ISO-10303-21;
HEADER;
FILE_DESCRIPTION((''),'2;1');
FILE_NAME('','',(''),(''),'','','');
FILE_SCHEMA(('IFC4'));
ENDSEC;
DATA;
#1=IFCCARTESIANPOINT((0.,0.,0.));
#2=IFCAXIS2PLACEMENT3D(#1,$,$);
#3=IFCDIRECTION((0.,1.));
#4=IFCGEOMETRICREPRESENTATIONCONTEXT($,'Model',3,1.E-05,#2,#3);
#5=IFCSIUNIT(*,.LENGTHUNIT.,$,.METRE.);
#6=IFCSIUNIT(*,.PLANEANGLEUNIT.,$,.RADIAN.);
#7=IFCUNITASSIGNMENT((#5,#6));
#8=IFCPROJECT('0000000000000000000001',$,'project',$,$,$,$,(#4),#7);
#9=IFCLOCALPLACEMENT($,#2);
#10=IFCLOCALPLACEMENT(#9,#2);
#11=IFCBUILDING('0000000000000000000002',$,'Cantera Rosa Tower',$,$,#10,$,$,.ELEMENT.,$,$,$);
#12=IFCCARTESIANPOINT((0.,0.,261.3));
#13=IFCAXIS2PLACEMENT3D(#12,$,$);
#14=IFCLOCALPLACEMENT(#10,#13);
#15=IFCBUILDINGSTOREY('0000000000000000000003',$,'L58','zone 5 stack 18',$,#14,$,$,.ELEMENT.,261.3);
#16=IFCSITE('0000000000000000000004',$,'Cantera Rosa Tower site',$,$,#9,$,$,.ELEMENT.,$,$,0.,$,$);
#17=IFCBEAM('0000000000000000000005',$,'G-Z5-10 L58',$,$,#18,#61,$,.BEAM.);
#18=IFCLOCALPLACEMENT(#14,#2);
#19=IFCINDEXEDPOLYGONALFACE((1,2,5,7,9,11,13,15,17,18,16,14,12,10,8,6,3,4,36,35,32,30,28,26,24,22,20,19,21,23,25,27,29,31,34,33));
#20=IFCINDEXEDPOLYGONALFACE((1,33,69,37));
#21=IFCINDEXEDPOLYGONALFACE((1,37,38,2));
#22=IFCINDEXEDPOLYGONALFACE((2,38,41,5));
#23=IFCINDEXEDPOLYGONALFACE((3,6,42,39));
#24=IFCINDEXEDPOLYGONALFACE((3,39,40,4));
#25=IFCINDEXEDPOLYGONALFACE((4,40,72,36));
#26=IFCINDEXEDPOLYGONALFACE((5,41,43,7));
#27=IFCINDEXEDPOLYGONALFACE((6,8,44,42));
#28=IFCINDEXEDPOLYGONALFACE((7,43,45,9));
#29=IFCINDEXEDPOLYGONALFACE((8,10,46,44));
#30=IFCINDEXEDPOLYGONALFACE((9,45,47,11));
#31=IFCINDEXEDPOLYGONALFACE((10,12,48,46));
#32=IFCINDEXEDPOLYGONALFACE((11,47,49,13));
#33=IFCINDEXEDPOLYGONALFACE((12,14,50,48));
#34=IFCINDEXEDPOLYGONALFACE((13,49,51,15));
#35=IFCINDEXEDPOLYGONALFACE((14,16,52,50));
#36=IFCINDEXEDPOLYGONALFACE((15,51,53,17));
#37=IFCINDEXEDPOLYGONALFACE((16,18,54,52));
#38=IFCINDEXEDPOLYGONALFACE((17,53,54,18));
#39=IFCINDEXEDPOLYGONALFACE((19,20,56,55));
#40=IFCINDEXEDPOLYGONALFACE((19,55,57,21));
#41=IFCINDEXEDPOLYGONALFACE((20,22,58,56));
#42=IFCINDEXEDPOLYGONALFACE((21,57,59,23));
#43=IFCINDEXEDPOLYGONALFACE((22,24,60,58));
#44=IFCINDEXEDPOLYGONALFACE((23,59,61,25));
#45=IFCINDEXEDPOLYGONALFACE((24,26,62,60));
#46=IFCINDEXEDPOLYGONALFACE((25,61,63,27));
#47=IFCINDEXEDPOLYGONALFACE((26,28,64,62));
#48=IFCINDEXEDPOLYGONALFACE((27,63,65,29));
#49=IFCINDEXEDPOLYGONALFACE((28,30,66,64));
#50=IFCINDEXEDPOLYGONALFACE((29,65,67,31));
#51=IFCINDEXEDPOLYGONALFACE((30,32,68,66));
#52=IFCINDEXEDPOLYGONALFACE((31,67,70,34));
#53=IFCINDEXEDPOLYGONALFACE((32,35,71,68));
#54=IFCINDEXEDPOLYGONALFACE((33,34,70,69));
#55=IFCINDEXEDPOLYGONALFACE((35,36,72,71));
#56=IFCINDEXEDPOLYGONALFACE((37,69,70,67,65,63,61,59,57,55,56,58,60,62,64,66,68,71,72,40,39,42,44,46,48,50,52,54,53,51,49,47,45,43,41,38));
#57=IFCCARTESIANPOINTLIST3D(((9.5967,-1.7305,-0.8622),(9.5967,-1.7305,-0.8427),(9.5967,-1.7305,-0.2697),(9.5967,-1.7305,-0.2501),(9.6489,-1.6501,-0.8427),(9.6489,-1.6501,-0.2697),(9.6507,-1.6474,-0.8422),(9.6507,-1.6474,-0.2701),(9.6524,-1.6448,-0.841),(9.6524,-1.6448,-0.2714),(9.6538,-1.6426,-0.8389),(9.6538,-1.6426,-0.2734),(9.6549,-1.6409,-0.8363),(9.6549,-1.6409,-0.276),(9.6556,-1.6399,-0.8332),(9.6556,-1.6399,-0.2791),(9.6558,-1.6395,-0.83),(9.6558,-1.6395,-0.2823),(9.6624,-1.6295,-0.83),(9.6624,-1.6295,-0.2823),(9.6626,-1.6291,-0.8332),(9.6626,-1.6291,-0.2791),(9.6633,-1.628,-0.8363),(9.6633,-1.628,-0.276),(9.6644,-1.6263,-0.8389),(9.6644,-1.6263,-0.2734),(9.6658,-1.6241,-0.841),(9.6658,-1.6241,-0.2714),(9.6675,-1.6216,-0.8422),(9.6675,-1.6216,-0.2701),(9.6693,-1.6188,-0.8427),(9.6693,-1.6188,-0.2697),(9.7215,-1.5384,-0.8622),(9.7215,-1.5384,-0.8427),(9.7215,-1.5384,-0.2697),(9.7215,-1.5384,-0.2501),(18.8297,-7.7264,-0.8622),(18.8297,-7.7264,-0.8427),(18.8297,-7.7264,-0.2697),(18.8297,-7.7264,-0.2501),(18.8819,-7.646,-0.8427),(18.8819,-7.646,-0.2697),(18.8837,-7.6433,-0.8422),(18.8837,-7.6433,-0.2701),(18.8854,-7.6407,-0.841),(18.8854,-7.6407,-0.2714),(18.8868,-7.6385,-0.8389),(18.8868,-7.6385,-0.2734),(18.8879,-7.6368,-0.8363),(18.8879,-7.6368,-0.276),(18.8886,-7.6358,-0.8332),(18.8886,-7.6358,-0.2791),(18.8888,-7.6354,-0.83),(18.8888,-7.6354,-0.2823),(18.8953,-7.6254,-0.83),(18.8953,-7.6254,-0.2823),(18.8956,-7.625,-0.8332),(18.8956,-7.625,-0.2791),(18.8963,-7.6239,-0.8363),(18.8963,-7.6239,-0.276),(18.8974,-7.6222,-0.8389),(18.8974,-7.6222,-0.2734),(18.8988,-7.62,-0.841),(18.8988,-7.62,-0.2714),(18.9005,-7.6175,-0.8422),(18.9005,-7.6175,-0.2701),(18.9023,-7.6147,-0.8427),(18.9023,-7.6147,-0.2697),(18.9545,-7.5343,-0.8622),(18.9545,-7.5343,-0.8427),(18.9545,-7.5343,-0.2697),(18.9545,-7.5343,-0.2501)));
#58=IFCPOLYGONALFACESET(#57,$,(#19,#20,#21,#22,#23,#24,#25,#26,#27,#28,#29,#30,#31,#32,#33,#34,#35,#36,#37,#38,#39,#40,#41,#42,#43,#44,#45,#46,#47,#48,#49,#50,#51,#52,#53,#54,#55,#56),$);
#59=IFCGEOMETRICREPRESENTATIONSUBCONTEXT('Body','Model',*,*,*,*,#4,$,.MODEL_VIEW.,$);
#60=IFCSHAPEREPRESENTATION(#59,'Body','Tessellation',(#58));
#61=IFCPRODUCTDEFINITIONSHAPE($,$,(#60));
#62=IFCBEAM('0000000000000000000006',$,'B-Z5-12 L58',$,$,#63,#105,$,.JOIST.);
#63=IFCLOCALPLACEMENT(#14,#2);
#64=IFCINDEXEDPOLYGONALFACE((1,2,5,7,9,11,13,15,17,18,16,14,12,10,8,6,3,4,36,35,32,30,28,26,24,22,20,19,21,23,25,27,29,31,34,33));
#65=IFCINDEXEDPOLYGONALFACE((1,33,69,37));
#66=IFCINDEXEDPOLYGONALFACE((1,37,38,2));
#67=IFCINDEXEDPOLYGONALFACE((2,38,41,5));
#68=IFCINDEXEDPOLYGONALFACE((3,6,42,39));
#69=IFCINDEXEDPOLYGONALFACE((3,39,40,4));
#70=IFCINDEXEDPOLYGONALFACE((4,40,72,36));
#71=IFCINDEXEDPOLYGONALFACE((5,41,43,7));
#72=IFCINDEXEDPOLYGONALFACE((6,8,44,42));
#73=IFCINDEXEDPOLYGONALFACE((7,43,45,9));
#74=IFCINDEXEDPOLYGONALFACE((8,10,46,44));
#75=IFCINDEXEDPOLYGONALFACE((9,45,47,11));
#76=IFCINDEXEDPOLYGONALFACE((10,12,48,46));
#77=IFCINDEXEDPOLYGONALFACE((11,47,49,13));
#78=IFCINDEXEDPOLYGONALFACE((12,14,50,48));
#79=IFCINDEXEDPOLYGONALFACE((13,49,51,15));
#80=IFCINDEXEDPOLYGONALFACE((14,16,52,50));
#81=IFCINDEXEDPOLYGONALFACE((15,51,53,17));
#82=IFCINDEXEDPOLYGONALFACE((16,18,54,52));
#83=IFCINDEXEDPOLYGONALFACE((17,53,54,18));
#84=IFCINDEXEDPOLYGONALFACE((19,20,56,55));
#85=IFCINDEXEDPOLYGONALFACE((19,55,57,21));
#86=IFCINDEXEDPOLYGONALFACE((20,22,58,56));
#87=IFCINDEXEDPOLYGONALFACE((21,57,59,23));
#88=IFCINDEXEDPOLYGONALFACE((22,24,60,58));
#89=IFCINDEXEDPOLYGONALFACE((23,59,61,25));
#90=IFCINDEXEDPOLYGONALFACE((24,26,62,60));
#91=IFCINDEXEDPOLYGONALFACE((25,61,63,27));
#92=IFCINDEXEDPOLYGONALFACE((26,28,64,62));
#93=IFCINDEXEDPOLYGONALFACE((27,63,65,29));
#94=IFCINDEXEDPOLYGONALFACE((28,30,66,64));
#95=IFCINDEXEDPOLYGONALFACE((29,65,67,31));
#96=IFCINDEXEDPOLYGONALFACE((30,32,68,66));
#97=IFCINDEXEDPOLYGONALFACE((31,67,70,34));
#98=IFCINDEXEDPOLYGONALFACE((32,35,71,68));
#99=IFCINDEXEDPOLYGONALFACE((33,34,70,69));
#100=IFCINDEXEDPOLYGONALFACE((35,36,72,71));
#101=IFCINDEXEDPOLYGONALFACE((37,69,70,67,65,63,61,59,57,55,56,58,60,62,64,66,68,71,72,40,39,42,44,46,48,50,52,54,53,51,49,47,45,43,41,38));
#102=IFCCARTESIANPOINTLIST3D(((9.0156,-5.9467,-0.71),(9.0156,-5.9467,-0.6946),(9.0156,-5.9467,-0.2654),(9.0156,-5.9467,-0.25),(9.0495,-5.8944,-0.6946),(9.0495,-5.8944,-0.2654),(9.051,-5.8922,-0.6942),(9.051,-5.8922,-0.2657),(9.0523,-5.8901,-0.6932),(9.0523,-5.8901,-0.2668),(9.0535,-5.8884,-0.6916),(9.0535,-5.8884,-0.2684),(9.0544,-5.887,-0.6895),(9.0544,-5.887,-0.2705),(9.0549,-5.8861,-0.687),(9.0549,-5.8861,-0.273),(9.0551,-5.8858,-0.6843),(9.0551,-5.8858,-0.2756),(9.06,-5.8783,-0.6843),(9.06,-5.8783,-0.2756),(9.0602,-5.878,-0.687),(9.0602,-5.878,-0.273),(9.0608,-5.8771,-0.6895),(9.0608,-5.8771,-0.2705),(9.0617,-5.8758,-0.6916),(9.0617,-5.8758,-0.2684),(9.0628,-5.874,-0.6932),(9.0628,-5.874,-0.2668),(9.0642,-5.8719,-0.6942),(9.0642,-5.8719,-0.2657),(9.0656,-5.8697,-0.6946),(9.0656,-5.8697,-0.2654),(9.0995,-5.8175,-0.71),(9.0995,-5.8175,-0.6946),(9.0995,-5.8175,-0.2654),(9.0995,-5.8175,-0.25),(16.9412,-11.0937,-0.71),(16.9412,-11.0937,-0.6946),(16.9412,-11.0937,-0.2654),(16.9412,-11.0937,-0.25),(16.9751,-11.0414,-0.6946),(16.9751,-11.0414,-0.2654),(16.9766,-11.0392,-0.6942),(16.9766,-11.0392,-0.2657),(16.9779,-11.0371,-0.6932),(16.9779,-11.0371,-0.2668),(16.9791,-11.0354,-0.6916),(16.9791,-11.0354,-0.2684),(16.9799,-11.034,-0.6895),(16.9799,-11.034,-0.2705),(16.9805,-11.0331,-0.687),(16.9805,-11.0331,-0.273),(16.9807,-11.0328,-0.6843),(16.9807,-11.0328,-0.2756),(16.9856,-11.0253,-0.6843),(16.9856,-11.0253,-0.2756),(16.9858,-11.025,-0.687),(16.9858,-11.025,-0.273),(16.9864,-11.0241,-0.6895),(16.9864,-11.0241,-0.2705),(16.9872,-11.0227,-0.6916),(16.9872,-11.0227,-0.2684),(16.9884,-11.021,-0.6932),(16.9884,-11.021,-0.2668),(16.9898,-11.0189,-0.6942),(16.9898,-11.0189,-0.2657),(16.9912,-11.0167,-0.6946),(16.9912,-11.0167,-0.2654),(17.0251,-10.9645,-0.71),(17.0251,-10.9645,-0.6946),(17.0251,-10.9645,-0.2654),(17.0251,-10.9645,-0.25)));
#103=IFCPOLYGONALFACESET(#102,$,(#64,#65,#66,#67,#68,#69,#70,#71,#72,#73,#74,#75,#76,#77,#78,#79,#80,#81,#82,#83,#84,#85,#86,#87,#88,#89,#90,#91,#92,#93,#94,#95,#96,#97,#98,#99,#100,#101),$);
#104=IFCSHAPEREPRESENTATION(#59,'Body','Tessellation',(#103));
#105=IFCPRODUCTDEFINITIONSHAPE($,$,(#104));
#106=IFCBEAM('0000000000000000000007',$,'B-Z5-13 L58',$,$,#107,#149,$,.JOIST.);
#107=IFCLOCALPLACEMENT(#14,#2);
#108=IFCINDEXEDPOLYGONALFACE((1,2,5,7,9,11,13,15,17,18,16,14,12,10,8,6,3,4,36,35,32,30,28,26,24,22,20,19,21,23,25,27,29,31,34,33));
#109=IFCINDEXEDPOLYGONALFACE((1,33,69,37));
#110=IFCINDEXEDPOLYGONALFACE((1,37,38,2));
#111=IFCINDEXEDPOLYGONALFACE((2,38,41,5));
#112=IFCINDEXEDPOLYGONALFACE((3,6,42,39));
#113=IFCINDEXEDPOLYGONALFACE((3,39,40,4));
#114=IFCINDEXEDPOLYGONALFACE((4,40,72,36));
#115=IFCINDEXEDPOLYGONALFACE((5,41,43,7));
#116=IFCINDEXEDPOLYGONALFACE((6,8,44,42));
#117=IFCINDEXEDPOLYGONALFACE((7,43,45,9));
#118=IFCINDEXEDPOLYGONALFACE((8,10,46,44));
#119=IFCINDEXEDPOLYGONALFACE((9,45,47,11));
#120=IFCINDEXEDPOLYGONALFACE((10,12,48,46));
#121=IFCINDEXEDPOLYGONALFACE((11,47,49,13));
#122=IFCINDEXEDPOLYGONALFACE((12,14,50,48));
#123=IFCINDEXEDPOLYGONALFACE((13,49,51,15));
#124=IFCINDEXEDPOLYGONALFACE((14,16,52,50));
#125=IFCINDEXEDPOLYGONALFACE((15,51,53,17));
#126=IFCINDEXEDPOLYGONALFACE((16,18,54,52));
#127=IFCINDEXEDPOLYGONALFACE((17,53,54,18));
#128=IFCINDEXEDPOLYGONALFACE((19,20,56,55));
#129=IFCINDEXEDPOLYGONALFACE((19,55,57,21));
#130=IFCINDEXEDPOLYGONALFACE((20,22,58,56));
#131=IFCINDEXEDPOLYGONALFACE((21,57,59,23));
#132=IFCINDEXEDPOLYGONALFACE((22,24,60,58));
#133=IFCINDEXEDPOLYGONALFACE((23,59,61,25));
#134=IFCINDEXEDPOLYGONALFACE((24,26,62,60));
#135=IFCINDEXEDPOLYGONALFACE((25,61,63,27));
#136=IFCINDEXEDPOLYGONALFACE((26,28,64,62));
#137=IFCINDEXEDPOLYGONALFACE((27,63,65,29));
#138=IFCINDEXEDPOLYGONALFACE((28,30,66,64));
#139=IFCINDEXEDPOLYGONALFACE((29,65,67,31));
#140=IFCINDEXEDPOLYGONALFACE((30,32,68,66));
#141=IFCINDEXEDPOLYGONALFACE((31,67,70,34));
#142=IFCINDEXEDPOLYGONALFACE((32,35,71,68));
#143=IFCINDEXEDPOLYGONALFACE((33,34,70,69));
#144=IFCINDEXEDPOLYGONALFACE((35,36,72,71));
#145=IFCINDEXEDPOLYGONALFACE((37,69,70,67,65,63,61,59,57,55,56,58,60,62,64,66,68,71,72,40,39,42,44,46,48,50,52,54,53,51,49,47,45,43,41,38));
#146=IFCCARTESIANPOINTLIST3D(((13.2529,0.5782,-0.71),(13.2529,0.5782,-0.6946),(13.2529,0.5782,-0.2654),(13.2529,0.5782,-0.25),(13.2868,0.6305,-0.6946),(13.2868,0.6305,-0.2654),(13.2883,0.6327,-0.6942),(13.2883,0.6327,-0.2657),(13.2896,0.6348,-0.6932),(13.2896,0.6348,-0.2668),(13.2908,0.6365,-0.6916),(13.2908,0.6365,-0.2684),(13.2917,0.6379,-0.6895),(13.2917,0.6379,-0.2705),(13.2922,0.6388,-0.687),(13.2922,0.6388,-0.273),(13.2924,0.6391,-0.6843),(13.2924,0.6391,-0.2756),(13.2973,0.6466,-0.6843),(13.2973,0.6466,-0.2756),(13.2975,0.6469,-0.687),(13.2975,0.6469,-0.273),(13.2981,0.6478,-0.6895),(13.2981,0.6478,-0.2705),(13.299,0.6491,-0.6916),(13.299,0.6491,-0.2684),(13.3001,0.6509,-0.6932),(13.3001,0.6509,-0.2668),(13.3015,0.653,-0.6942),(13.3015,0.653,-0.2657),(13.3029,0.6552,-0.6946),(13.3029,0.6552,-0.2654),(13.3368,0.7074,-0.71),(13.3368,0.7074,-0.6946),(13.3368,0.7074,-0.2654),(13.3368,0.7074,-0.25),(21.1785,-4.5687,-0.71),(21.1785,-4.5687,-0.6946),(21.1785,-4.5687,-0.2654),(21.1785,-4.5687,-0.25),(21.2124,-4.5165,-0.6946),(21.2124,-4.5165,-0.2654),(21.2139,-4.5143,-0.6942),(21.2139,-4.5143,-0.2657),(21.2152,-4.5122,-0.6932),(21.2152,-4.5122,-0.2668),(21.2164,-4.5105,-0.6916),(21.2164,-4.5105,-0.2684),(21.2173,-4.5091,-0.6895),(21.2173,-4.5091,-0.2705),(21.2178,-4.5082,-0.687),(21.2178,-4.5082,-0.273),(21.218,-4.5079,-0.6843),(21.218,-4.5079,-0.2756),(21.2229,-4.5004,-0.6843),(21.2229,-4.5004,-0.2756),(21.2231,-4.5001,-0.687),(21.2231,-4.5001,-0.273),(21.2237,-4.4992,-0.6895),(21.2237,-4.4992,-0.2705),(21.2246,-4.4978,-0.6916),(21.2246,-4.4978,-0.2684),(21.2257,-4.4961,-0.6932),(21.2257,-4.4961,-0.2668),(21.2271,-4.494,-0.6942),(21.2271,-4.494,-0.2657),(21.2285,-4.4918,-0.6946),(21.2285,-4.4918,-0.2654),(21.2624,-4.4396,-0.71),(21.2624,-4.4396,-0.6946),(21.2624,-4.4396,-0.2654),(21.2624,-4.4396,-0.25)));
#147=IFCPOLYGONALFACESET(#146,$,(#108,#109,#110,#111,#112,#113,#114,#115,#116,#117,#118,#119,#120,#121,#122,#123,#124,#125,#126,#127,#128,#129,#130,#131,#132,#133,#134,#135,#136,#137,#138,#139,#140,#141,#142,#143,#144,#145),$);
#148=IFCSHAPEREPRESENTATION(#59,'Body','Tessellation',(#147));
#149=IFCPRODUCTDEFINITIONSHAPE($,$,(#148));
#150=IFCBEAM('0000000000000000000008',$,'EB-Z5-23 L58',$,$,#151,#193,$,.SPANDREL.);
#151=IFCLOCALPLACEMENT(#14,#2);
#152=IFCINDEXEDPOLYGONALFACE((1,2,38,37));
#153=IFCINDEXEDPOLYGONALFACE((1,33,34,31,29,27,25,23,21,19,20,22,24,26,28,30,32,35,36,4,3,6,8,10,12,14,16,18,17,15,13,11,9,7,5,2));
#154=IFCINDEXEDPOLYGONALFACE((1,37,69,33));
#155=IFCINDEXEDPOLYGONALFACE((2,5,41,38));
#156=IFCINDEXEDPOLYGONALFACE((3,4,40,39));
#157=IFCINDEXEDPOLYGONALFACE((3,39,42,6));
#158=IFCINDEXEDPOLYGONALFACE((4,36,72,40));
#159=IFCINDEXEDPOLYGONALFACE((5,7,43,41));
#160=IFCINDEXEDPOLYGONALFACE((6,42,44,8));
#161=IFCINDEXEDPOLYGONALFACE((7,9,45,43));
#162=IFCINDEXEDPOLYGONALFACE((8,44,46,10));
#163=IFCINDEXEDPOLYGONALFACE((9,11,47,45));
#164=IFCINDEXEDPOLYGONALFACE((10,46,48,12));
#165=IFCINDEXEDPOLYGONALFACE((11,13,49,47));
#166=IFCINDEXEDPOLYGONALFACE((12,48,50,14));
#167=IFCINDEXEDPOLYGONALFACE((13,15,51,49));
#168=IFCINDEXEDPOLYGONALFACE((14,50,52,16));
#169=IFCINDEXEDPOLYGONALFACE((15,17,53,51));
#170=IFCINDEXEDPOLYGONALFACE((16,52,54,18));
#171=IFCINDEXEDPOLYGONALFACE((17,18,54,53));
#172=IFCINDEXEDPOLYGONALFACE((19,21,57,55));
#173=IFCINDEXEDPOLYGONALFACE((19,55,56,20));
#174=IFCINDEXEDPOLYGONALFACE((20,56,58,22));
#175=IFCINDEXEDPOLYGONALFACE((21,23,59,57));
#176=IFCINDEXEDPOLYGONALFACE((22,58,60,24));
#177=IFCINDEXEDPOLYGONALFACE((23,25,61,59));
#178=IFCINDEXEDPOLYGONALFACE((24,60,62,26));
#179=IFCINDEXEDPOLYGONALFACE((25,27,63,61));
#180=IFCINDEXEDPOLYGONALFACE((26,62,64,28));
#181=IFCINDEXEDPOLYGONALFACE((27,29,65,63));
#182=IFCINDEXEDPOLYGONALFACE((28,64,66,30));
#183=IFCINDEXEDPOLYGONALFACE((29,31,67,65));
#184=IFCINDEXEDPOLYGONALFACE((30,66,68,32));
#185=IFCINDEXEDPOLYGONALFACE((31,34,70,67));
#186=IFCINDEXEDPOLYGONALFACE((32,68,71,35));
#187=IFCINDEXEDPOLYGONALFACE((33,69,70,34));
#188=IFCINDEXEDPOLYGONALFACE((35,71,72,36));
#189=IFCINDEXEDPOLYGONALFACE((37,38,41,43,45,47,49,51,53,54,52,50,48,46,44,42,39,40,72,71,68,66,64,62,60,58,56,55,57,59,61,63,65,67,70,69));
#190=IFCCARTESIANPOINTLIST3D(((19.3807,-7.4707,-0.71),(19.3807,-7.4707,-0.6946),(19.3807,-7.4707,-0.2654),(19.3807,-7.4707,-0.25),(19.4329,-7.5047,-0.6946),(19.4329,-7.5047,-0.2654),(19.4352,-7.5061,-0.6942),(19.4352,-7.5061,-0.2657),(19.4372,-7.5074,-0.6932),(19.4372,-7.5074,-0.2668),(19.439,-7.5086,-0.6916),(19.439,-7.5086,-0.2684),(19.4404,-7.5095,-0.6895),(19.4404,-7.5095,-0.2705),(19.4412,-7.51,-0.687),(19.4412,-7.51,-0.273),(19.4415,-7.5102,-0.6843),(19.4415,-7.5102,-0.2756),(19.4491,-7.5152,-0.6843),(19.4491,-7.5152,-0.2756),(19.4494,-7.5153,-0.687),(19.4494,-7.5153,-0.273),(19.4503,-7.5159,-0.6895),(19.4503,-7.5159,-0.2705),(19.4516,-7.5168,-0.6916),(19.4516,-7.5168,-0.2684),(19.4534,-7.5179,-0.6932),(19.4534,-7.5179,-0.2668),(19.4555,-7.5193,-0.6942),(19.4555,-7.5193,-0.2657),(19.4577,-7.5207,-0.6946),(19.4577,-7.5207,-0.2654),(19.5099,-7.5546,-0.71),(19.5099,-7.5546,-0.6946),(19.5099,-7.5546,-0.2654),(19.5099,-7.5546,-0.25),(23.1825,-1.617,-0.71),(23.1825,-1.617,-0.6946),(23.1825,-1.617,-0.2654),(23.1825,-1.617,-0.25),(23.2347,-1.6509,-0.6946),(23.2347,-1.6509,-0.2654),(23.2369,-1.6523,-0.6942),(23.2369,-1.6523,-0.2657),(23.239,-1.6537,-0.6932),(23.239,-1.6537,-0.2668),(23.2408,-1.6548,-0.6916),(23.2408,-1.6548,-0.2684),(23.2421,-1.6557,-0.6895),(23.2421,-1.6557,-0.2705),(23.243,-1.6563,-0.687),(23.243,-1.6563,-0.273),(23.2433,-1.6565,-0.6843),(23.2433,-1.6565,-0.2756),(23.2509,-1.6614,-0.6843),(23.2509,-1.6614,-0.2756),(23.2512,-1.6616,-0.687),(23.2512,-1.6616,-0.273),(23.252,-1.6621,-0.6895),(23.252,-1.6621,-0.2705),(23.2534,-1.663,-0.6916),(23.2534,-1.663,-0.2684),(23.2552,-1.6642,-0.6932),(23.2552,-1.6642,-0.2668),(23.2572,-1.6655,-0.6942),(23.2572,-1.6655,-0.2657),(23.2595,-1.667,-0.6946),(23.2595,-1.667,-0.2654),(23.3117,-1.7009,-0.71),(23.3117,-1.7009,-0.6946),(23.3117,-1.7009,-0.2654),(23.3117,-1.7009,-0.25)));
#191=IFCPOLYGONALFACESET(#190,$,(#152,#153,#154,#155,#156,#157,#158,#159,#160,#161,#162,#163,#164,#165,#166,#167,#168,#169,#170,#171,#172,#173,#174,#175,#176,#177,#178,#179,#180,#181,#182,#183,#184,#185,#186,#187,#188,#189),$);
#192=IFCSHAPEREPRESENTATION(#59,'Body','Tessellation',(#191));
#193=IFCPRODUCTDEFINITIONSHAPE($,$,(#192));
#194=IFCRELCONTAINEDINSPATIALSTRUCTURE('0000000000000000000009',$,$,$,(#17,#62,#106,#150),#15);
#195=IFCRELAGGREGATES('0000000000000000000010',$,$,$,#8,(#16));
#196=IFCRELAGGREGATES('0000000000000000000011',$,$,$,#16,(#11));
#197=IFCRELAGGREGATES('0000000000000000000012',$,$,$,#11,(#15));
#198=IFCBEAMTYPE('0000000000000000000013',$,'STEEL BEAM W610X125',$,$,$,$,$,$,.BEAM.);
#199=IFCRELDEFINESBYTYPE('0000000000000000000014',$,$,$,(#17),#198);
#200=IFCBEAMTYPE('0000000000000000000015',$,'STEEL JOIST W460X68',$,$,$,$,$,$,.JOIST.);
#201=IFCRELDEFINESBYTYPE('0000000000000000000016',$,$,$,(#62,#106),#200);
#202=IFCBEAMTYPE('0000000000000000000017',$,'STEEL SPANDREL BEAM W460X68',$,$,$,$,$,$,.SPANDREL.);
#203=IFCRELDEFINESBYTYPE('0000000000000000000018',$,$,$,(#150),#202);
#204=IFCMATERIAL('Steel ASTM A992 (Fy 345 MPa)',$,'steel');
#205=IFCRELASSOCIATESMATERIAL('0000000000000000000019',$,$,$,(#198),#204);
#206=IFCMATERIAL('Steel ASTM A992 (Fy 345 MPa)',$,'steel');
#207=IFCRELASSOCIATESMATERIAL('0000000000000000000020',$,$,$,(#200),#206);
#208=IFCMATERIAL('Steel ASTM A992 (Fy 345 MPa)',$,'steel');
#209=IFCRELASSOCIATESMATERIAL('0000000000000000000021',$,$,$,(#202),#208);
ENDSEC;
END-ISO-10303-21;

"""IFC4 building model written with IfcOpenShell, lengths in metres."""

from ifc_helpers import new_model, si_unit, direction, frame, origin, origin_2d, place, context, subcontext, project, spatial, i_section, extrude, material, material_profile, profile_set, type_object, element, save


model = new_model("IFC4")

# Units and contexts
model_context = context("Model", 3, precision=1e-05, world=origin(), true_north=direction((0.0, 1.0)))
body_context = subcontext(model_context, "Body", "Model", "MODEL_VIEW")
ifc_project = project(units=[si_unit("LENGTHUNIT", "METRE"), si_unit("PLANEANGLEUNIT", "RADIAN")], contexts=[model_context])

# Site, building, storey
site_placement = place(None, origin())
site = spatial("IfcSite", under=ifc_project, at=site_placement, Name="Cantera Rosa Tower site", CompositionType="ELEMENT", RefElevation=0.0)
building_placement = place(site_placement, origin())
building = spatial("IfcBuilding", under=site, at=building_placement, Name="Cantera Rosa Tower", CompositionType="ELEMENT")
storey_placement = place(building_placement, frame((0.0, 0.0, 261.3)))
storey = spatial("IfcBuildingStorey", under=building, at=storey_placement, Name="L58", Description="zone 5 stack 18", CompositionType="ELEMENT", Elevation=261.3)

# Beams
ifc_material_1 = material(Name="Steel ASTM A992 (Fy 345 MPa)", Category="steel")
ifc_material_profile_1 = material_profile(ifc_material_1, i_section(OverallWidth=0.229, OverallDepth=0.6121, WebThickness=0.012, FlangeThickness=0.0195, FilletRadius=0.0127, at=origin_2d()), Name="W610X125")
ifc_profile_set_1 = profile_set([ifc_material_profile_1], Name="Steel ASTM A992 (Fy 345 MPa)")
beam_type_1 = type_object("IfcBeamType", Name="STEEL BEAM W610X125", PredefinedType="BEAM", material=ifc_profile_set_1)
beam_1_placement = place(storey_placement, frame((18.8921, -7.6304, -0.5562), z_axis=(-0.838674, 0.544634, 0.0), x_axis=(-0.544634, -0.838674, 0.0)))
element("IfcBeam", 1, at=beam_1_placement, inside=storey, type_object=beam_type_1, Name="G-Z5-10 L58", PredefinedType="BEAM", context=body_context, shape_type="SweptSolid", body=[
    extrude(i_section(OverallWidth=0.229, OverallDepth=0.6121, WebThickness=0.012, FlangeThickness=0.0195, FilletRadius=0.0127, at=origin_2d()), origin(), (0.0, 0.0, 1.0), 11.009),
])
ifc_material_2 = material(Name="Steel ASTM A992 (Fy 345 MPa)", Category="steel")
ifc_material_profile_2 = material_profile(ifc_material_2, i_section(OverallWidth=0.1541, OverallDepth=0.46, WebThickness=0.009, FlangeThickness=0.0154, FilletRadius=0.0103, at=origin_2d()), Name="W460X68")
ifc_profile_set_2 = profile_set([ifc_material_profile_2], Name="Steel ASTM A992 (Fy 345 MPa)")
beam_type_2 = type_object("IfcBeamType", Name="STEEL JOIST W460X68", PredefinedType="JOIST", material=ifc_profile_set_2)
for number, where, z_axis, x_axis, name in (
    (2, (16.9832, -11.0291, -0.48), (-0.838667, 0.544644, 0.0), (-0.544644, -0.838667, 0.0), "B-Z5-12 L58"),
    (3, (21.2205, -4.5042, -0.48), (-0.838667, 0.544644, 0.0), (-0.544644, -0.838667, 0.0), "B-Z5-13 L58"),
):
    element("IfcBeam", number, at=place(storey_placement, frame(where, z_axis=z_axis, x_axis=x_axis)), inside=storey, type_object=beam_type_2, Name=name, PredefinedType="JOIST", context=body_context, shape_type="SweptSolid", body=[
        extrude(i_section(OverallWidth=0.1541, OverallDepth=0.46, WebThickness=0.009, FlangeThickness=0.0154, FilletRadius=0.0103, at=origin_2d()), origin(), (0.0, 0.0, 1.0), 9.4502),
    ])
ifc_material_3 = material(Name="Steel ASTM A992 (Fy 345 MPa)", Category="steel")
ifc_material_profile_3 = material_profile(ifc_material_3, i_section(OverallWidth=0.1541, OverallDepth=0.46, WebThickness=0.009, FlangeThickness=0.0154, FilletRadius=0.0103, at=origin_2d()), Name="W460X68")
ifc_profile_set_3 = profile_set([ifc_material_profile_3], Name="Steel ASTM A992 (Fy 345 MPa)")
beam_type_3 = type_object("IfcBeamType", Name="STEEL SPANDREL BEAM W460X68", PredefinedType="SPANDREL", material=ifc_profile_set_3)
for number, where, z_axis, x_axis, name in (
    (4, (19.4453, -7.5127, -0.48), (0.544667, 0.838652, 0.0), (-0.838652, 0.544667, 0.0), "EB-Z5-23 L58"),
):
    element("IfcBeam", number, at=place(storey_placement, frame(where, z_axis=z_axis, x_axis=x_axis)), inside=storey, type_object=beam_type_3, Name=name, PredefinedType="SPANDREL", context=body_context, shape_type="SweptSolid", body=[
        extrude(i_section(OverallWidth=0.1541, OverallDepth=0.46, WebThickness=0.009, FlangeThickness=0.0154, FilletRadius=0.0103, at=origin_2d()), origin(), (0.0, 0.0, 1.0), 6.98),
    ])

save(model, "model.ifc")
